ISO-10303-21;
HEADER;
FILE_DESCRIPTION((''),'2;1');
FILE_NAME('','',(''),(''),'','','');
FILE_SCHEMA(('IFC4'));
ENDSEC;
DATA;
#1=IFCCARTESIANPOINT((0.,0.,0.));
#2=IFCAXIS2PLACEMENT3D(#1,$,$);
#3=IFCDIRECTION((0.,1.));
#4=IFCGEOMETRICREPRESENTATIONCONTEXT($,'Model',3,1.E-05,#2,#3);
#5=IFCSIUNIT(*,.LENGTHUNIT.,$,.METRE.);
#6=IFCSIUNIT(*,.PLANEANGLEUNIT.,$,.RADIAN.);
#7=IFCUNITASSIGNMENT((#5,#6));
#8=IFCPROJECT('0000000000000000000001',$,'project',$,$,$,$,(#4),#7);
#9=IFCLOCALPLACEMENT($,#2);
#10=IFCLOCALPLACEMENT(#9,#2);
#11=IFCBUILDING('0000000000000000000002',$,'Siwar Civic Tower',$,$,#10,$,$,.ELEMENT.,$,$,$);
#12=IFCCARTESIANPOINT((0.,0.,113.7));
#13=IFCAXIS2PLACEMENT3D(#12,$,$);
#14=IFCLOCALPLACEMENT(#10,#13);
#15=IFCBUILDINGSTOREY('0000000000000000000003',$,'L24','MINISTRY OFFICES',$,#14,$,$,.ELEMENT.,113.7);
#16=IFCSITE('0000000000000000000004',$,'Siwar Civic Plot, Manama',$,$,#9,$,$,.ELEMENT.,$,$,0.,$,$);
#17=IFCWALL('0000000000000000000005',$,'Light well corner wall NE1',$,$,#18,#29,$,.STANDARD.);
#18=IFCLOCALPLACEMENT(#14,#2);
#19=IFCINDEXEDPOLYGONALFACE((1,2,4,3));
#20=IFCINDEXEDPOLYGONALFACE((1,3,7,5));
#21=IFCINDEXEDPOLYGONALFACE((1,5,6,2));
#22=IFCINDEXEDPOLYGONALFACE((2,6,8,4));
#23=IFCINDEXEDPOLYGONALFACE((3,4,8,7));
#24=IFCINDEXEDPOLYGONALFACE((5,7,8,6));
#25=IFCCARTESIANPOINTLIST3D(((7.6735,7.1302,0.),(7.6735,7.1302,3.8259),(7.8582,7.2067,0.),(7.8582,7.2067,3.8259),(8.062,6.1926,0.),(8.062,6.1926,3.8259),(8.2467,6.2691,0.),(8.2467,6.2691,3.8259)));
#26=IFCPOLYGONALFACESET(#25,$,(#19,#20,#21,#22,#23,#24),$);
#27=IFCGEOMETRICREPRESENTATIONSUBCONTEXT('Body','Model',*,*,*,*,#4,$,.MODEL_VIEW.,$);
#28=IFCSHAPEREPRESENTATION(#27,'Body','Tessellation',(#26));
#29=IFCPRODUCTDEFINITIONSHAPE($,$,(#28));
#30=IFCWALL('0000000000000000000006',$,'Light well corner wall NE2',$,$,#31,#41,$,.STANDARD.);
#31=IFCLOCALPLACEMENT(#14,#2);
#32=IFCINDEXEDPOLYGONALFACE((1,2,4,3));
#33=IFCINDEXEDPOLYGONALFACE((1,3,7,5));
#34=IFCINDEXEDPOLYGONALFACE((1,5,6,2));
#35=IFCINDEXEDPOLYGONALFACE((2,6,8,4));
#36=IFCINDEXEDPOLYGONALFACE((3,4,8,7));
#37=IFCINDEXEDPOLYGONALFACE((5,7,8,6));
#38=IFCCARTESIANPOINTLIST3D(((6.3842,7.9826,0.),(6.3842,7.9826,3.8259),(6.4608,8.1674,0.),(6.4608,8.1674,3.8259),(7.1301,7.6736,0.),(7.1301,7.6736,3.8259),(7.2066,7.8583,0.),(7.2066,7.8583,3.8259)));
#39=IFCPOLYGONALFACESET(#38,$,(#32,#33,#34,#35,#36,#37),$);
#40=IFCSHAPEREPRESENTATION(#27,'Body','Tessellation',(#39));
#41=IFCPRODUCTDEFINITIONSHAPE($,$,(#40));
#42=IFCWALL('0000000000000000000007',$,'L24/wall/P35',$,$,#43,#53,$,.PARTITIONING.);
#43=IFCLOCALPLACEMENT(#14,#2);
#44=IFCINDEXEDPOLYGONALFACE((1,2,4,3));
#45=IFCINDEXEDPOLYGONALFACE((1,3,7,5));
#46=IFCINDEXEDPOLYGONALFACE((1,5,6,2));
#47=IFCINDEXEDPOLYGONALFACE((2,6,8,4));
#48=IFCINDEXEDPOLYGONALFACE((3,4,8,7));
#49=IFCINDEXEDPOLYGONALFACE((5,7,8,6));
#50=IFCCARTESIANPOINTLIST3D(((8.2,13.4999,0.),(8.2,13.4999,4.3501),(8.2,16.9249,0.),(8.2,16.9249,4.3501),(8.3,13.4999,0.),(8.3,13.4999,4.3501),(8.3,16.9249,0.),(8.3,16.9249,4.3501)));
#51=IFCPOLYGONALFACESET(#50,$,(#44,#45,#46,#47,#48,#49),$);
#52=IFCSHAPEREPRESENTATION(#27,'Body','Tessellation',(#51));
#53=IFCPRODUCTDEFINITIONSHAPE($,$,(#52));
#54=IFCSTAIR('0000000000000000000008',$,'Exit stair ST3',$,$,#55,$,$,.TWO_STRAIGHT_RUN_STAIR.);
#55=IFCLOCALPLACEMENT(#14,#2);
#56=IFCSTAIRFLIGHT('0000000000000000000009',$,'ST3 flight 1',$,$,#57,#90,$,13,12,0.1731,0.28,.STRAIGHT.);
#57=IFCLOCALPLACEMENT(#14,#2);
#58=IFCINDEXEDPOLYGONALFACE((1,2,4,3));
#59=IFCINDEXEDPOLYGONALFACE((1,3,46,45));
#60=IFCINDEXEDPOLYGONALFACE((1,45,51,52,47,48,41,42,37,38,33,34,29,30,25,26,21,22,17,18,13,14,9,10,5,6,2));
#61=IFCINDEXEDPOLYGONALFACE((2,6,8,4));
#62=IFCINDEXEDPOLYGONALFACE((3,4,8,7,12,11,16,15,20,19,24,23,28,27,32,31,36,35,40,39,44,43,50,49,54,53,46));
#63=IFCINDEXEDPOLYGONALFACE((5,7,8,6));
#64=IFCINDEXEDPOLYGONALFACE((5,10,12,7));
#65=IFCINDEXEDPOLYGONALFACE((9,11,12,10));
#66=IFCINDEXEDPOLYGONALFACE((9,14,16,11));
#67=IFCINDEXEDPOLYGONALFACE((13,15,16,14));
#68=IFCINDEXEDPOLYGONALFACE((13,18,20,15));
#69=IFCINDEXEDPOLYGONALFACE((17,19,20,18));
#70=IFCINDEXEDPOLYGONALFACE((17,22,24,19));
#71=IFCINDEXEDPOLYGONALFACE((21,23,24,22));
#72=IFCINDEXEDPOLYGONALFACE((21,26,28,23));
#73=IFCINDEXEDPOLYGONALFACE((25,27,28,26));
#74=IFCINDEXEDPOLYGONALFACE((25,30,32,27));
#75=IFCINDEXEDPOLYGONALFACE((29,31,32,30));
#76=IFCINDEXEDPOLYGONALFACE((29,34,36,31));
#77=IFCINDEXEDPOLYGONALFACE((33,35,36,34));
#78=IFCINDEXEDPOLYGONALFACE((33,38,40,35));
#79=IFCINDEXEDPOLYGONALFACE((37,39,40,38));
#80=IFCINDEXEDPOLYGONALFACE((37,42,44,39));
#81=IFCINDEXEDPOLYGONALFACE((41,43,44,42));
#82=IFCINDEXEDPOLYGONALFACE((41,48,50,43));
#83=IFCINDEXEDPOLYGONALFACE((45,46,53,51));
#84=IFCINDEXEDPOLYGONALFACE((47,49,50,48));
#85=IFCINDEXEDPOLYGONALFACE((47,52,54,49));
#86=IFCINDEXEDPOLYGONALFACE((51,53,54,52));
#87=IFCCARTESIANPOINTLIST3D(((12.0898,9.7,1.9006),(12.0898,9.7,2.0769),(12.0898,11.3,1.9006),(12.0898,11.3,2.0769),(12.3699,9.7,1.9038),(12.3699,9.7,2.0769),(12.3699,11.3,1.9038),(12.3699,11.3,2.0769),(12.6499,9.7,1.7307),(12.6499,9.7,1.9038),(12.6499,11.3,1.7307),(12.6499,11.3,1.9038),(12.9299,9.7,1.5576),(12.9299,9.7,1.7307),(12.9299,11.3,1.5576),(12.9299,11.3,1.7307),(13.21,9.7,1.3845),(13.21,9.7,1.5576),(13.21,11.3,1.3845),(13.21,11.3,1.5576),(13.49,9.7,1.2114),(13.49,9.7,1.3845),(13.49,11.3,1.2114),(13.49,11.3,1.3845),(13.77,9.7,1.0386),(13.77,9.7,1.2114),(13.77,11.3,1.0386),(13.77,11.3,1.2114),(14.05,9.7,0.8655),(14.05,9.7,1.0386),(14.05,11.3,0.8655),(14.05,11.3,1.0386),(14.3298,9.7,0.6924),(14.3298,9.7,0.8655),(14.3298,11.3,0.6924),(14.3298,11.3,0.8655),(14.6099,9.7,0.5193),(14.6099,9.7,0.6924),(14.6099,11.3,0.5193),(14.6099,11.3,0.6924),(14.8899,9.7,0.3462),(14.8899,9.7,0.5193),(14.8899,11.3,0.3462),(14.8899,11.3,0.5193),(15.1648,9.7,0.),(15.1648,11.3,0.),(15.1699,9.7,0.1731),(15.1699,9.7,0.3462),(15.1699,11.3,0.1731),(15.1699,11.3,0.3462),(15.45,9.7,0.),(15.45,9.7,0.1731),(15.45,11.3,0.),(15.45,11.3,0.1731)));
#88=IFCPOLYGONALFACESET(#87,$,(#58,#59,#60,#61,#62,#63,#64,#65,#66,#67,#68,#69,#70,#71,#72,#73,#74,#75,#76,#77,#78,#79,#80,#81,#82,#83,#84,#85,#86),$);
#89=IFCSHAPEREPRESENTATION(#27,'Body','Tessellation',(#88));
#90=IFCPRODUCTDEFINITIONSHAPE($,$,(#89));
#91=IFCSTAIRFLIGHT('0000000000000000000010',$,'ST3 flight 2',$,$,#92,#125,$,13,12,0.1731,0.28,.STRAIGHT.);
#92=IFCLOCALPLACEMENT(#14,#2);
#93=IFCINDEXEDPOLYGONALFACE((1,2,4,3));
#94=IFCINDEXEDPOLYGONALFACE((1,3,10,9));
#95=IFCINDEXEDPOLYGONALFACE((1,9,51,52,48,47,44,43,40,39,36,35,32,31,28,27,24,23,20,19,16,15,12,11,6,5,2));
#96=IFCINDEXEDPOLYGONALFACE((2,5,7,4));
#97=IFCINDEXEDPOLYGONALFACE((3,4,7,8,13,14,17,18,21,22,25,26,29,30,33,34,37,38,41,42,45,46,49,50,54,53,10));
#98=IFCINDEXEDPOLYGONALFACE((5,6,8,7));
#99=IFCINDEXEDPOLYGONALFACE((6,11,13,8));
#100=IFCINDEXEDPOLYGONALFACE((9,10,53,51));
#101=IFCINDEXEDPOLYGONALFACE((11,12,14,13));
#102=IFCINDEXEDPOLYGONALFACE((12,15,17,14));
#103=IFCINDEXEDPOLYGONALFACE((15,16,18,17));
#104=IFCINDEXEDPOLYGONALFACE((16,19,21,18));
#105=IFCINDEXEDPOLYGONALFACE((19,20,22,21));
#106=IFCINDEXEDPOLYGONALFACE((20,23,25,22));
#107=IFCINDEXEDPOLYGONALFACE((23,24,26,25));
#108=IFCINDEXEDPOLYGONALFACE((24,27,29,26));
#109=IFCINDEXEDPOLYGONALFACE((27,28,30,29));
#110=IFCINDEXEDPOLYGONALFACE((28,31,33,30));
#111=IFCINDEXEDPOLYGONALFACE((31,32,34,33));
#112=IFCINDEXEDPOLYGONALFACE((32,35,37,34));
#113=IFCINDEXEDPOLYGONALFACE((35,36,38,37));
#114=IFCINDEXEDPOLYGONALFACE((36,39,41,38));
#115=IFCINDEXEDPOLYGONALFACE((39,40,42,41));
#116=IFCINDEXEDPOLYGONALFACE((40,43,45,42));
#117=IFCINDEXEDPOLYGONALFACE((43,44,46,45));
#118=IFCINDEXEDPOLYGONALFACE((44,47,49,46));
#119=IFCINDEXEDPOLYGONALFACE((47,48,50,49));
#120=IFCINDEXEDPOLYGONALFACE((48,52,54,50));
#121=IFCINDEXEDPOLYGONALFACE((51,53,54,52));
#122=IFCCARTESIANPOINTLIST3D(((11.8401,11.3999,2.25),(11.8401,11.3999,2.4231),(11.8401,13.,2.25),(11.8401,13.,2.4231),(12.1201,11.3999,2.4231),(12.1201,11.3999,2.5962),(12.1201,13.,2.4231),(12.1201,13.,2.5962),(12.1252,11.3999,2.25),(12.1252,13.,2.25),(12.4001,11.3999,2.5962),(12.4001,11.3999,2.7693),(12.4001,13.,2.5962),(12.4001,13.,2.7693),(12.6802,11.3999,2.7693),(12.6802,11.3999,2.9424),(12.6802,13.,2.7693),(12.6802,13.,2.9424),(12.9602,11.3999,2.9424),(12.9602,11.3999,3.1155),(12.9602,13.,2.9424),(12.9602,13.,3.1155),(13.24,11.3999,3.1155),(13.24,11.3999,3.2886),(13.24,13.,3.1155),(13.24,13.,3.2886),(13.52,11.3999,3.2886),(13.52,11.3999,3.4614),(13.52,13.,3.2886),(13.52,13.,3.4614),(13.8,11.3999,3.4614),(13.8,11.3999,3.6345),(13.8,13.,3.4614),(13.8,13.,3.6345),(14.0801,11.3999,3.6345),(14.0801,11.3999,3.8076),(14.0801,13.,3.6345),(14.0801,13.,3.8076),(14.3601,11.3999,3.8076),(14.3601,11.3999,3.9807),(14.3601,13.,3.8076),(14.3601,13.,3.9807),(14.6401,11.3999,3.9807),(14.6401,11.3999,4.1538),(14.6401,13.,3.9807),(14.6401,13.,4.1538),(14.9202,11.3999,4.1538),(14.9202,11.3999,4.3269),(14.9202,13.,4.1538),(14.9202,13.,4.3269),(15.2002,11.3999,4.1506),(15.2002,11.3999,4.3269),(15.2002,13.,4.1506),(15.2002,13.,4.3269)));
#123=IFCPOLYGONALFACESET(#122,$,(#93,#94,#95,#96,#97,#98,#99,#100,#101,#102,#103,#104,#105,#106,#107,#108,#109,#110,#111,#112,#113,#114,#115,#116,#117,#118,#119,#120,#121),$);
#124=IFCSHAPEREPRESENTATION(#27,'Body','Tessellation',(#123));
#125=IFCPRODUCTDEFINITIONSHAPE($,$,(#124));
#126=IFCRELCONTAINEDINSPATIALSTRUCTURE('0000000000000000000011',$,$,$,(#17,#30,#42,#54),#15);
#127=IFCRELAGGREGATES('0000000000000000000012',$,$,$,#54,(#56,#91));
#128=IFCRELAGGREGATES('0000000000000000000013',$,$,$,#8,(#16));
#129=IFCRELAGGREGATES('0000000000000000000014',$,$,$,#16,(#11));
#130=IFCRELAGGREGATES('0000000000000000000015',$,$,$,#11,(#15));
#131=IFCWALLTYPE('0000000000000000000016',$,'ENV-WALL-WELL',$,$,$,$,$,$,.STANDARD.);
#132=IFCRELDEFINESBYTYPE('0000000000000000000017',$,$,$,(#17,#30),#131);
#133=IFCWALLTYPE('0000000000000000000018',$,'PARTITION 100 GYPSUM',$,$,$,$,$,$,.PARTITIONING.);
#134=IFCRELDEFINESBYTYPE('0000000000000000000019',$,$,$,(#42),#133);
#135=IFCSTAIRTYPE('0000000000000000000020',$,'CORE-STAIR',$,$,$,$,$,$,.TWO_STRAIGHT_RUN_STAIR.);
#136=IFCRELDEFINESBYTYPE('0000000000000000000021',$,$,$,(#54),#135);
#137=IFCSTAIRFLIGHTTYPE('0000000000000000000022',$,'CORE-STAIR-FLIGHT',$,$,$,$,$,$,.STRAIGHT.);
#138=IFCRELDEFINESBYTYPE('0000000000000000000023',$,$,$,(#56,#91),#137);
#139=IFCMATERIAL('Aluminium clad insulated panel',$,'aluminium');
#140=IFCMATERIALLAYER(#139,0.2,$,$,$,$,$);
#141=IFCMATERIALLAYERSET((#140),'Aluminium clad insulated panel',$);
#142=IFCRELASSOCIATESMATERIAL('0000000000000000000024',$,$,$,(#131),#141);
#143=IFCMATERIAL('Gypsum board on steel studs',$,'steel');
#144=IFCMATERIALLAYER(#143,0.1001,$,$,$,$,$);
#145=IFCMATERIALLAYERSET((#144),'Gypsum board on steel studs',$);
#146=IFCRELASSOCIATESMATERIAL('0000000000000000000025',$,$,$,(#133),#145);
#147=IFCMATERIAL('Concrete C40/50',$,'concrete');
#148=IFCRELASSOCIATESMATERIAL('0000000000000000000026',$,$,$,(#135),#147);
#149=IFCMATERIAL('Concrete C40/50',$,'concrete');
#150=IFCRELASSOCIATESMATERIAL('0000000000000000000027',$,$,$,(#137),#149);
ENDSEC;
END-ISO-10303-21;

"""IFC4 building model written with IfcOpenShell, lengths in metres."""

from ifc_helpers import new_model, si_unit, direction, frame, frame_2d, origin, place, context, subcontext, project, spatial, polyline, rectangle, outline, extrude, material, layer, layer_set, type_object, element, aggregate, save


model = new_model("IFC4")

# Units and contexts
model_context = context("Model", 3, precision=1e-05, world=origin(), true_north=direction((0.0, 1.0)))
body_context = subcontext(model_context, "Body", "Model", "MODEL_VIEW")
ifc_project = project(units=[si_unit("LENGTHUNIT", "METRE"), si_unit("PLANEANGLEUNIT", "RADIAN")], contexts=[model_context])

# Site, building, storey
site_placement = place(None, origin())
site = spatial("IfcSite", under=ifc_project, at=site_placement, Name="Siwar Civic Plot, Manama", CompositionType="ELEMENT", RefElevation=0.0)
building_placement = place(site_placement, origin())
building = spatial("IfcBuilding", under=site, at=building_placement, Name="Siwar Civic Tower", CompositionType="ELEMENT")
storey_placement = place(building_placement, frame((0.0, 0.0, 113.7)))
storey = spatial("IfcBuildingStorey", under=building, at=storey_placement, Name="L24", Description="MINISTRY OFFICES", CompositionType="ELEMENT", Elevation=113.7)

# Walls
ifc_material_1 = material(Name="Aluminium clad insulated panel", Category="aluminium")
ifc_layer_1 = layer(ifc_material_1, 0.2)
ifc_layer_set_1 = layer_set([ifc_layer_1], Name="Aluminium clad insulated panel")
wall_type_1 = type_object("IfcWallType", Name="ENV-WALL-WELL", PredefinedType="STANDARD", material=ifc_layer_set_1)
wall_1_placement = place(storey_placement, frame((8.1543, 6.231, 0.0), z_axis=(0.0, 0.0, 1.0), x_axis=(-0.38277, 0.923844, 0.0)))
element("IfcWall", 1, at=wall_1_placement, inside=storey, type_object=wall_type_1, Name="Light well corner wall NE1", PredefinedType="STANDARD", context=body_context, shape_type="SweptSolid", body=[
    extrude(rectangle(XDim=1.0149, YDim=0.2, at=frame_2d((0.5073, 0.0))), origin(), (0.0, 0.0, 1.0), 3.8259),
])
wall_2_placement = place(storey_placement, frame((7.1685, 7.7659, 0.0), z_axis=(0.0, 0.0, 1.0), x_axis=(-0.923818, 0.382833, 0.0)))
element("IfcWall", 2, at=wall_2_placement, inside=storey, type_object=wall_type_1, Name="Light well corner wall NE2", PredefinedType="STANDARD", context=body_context, shape_type="SweptSolid", body=[
    extrude(rectangle(XDim=0.8074, YDim=0.2, at=frame_2d((0.4038, 0.0))), origin(), (0.0, 0.0, 1.0), 3.8259),
])
ifc_material_2 = material(Name="Gypsum board on steel studs", Category="steel")
ifc_layer_2 = layer(ifc_material_2, 0.1001)
ifc_layer_set_2 = layer_set([ifc_layer_2], Name="Gypsum board on steel studs")
wall_type_2 = type_object("IfcWallType", Name="PARTITION 100 GYPSUM", PredefinedType="PARTITIONING", material=ifc_layer_set_2)
wall_3_placement = place(storey_placement, frame((8.25, 13.5, 0.0), z_axis=(0.0, 0.0, 1.0), x_axis=(0.0, 1.0, 0.0)))
element("IfcWall", 3, at=wall_3_placement, inside=storey, type_object=wall_type_2, Name="L24/wall/P35", PredefinedType="PARTITIONING", context=body_context, shape_type="SweptSolid", body=[
    extrude(rectangle(XDim=3.425, YDim=0.1001, at=frame_2d((1.7124, 0.0))), origin(), (0.0, 0.0, 1.0), 4.3501),
])

# Stair, stair flights
ifc_material_3 = material(Name="Concrete C40/50", Category="concrete")
stair_type = type_object("IfcStairType", Name="CORE-STAIR", PredefinedType="TWO_STRAIGHT_RUN_STAIR", material=ifc_material_3)
stair_placement = place(storey_placement, origin())
stair = element("IfcStair", 4, at=stair_placement, inside=storey, type_object=stair_type, Name="Exit stair ST3", PredefinedType="TWO_STRAIGHT_RUN_STAIR")
ifc_material_4 = material(Name="Concrete C40/50", Category="concrete")
stair_flight_type = type_object("IfcStairFlightType", Name="CORE-STAIR-FLIGHT", PredefinedType="STRAIGHT", material=ifc_material_4)
stair_flight_1_placement = place(storey_placement, frame((15.45, 10.5, 0.0), z_axis=(0.0, 0.0, 1.0), x_axis=(-1.0, 0.0, 0.0)))
stair_flight_1 = element("IfcStairFlight", 5, at=stair_flight_1_placement, type_object=stair_flight_type, Name="ST3 flight 1", NumberOfRisers=13, NumberOfTreads=12, PredefinedType="STRAIGHT", RiserHeight=0.1731, TreadLength=0.28, context=body_context, shape_type="SweptSolid", body=[
    extrude(outline(polyline([(0.0, 0.0), (0.0, 0.1731), (0.28, 0.1731), (0.28, 0.3462), (0.5601, 0.3462), (0.5601, 0.5193), (0.8401, 0.5193), (0.8401, 0.6924), (1.1201, 0.6924), (1.1201, 0.8655), (1.3999, 0.8655), (1.3999, 1.0386), (1.6799, 1.0386), (1.6799, 1.2114), (1.96, 1.2114), (1.96, 1.3845), (2.24, 1.3845), (2.24, 1.5576), (2.52, 1.5576), (2.52, 1.7307), (2.8, 1.7307), (2.8, 1.9038), (3.0801, 1.9038), (3.0801, 2.0769), (3.3601, 2.0769), (3.3601, 2.25), (3.3601, 1.9006), (0.2852, 0.0), (0.0, 0.0)])), frame((0.0, 0.8, 0.0), z_axis=(0.0, -1.0, 0.0), x_axis=(1.0, 0.0, 0.0)), (0.0, 0.0, 1.0), 1.6001),
])
stair_flight_2_placement = place(storey_placement, frame((11.8401, 12.2, 2.25), z_axis=(0.0, 0.0, 1.0), x_axis=(1.0, 0.0, 0.0)))
stair_flight_2 = element("IfcStairFlight", 6, at=stair_flight_2_placement, type_object=stair_flight_type, Name="ST3 flight 2", NumberOfRisers=13, NumberOfTreads=12, PredefinedType="STRAIGHT", RiserHeight=0.1731, TreadLength=0.28, context=body_context, shape_type="SweptSolid", body=[
    extrude(outline(polyline([(0.0, 0.0), (0.0, 0.1731), (0.28, 0.1731), (0.28, 0.3462), (0.5601, 0.3462), (0.5601, 0.5193), (0.8401, 0.5193), (0.8401, 0.6924), (1.1201, 0.6924), (1.1201, 0.8655), (1.3999, 0.8655), (1.3999, 1.0386), (1.6799, 1.0386), (1.6799, 1.2114), (1.96, 1.2114), (1.96, 1.3845), (2.24, 1.3845), (2.24, 1.5576), (2.52, 1.5576), (2.52, 1.7307), (2.8, 1.7307), (2.8, 1.9038), (3.0801, 1.9038), (3.0801, 2.0769), (3.3601, 2.0769), (3.3601, 2.25), (3.3601, 1.9006), (0.2852, 0.0), (0.0, 0.0)])), frame((0.0, 0.8, 0.0), z_axis=(0.0, -1.0, 0.0), x_axis=(1.0, 0.0, 0.0)), (0.0, 0.0, 1.0), 1.6001),
])
aggregate(stair, [stair_flight_1, stair_flight_2])

save(model, "model.ifc")
